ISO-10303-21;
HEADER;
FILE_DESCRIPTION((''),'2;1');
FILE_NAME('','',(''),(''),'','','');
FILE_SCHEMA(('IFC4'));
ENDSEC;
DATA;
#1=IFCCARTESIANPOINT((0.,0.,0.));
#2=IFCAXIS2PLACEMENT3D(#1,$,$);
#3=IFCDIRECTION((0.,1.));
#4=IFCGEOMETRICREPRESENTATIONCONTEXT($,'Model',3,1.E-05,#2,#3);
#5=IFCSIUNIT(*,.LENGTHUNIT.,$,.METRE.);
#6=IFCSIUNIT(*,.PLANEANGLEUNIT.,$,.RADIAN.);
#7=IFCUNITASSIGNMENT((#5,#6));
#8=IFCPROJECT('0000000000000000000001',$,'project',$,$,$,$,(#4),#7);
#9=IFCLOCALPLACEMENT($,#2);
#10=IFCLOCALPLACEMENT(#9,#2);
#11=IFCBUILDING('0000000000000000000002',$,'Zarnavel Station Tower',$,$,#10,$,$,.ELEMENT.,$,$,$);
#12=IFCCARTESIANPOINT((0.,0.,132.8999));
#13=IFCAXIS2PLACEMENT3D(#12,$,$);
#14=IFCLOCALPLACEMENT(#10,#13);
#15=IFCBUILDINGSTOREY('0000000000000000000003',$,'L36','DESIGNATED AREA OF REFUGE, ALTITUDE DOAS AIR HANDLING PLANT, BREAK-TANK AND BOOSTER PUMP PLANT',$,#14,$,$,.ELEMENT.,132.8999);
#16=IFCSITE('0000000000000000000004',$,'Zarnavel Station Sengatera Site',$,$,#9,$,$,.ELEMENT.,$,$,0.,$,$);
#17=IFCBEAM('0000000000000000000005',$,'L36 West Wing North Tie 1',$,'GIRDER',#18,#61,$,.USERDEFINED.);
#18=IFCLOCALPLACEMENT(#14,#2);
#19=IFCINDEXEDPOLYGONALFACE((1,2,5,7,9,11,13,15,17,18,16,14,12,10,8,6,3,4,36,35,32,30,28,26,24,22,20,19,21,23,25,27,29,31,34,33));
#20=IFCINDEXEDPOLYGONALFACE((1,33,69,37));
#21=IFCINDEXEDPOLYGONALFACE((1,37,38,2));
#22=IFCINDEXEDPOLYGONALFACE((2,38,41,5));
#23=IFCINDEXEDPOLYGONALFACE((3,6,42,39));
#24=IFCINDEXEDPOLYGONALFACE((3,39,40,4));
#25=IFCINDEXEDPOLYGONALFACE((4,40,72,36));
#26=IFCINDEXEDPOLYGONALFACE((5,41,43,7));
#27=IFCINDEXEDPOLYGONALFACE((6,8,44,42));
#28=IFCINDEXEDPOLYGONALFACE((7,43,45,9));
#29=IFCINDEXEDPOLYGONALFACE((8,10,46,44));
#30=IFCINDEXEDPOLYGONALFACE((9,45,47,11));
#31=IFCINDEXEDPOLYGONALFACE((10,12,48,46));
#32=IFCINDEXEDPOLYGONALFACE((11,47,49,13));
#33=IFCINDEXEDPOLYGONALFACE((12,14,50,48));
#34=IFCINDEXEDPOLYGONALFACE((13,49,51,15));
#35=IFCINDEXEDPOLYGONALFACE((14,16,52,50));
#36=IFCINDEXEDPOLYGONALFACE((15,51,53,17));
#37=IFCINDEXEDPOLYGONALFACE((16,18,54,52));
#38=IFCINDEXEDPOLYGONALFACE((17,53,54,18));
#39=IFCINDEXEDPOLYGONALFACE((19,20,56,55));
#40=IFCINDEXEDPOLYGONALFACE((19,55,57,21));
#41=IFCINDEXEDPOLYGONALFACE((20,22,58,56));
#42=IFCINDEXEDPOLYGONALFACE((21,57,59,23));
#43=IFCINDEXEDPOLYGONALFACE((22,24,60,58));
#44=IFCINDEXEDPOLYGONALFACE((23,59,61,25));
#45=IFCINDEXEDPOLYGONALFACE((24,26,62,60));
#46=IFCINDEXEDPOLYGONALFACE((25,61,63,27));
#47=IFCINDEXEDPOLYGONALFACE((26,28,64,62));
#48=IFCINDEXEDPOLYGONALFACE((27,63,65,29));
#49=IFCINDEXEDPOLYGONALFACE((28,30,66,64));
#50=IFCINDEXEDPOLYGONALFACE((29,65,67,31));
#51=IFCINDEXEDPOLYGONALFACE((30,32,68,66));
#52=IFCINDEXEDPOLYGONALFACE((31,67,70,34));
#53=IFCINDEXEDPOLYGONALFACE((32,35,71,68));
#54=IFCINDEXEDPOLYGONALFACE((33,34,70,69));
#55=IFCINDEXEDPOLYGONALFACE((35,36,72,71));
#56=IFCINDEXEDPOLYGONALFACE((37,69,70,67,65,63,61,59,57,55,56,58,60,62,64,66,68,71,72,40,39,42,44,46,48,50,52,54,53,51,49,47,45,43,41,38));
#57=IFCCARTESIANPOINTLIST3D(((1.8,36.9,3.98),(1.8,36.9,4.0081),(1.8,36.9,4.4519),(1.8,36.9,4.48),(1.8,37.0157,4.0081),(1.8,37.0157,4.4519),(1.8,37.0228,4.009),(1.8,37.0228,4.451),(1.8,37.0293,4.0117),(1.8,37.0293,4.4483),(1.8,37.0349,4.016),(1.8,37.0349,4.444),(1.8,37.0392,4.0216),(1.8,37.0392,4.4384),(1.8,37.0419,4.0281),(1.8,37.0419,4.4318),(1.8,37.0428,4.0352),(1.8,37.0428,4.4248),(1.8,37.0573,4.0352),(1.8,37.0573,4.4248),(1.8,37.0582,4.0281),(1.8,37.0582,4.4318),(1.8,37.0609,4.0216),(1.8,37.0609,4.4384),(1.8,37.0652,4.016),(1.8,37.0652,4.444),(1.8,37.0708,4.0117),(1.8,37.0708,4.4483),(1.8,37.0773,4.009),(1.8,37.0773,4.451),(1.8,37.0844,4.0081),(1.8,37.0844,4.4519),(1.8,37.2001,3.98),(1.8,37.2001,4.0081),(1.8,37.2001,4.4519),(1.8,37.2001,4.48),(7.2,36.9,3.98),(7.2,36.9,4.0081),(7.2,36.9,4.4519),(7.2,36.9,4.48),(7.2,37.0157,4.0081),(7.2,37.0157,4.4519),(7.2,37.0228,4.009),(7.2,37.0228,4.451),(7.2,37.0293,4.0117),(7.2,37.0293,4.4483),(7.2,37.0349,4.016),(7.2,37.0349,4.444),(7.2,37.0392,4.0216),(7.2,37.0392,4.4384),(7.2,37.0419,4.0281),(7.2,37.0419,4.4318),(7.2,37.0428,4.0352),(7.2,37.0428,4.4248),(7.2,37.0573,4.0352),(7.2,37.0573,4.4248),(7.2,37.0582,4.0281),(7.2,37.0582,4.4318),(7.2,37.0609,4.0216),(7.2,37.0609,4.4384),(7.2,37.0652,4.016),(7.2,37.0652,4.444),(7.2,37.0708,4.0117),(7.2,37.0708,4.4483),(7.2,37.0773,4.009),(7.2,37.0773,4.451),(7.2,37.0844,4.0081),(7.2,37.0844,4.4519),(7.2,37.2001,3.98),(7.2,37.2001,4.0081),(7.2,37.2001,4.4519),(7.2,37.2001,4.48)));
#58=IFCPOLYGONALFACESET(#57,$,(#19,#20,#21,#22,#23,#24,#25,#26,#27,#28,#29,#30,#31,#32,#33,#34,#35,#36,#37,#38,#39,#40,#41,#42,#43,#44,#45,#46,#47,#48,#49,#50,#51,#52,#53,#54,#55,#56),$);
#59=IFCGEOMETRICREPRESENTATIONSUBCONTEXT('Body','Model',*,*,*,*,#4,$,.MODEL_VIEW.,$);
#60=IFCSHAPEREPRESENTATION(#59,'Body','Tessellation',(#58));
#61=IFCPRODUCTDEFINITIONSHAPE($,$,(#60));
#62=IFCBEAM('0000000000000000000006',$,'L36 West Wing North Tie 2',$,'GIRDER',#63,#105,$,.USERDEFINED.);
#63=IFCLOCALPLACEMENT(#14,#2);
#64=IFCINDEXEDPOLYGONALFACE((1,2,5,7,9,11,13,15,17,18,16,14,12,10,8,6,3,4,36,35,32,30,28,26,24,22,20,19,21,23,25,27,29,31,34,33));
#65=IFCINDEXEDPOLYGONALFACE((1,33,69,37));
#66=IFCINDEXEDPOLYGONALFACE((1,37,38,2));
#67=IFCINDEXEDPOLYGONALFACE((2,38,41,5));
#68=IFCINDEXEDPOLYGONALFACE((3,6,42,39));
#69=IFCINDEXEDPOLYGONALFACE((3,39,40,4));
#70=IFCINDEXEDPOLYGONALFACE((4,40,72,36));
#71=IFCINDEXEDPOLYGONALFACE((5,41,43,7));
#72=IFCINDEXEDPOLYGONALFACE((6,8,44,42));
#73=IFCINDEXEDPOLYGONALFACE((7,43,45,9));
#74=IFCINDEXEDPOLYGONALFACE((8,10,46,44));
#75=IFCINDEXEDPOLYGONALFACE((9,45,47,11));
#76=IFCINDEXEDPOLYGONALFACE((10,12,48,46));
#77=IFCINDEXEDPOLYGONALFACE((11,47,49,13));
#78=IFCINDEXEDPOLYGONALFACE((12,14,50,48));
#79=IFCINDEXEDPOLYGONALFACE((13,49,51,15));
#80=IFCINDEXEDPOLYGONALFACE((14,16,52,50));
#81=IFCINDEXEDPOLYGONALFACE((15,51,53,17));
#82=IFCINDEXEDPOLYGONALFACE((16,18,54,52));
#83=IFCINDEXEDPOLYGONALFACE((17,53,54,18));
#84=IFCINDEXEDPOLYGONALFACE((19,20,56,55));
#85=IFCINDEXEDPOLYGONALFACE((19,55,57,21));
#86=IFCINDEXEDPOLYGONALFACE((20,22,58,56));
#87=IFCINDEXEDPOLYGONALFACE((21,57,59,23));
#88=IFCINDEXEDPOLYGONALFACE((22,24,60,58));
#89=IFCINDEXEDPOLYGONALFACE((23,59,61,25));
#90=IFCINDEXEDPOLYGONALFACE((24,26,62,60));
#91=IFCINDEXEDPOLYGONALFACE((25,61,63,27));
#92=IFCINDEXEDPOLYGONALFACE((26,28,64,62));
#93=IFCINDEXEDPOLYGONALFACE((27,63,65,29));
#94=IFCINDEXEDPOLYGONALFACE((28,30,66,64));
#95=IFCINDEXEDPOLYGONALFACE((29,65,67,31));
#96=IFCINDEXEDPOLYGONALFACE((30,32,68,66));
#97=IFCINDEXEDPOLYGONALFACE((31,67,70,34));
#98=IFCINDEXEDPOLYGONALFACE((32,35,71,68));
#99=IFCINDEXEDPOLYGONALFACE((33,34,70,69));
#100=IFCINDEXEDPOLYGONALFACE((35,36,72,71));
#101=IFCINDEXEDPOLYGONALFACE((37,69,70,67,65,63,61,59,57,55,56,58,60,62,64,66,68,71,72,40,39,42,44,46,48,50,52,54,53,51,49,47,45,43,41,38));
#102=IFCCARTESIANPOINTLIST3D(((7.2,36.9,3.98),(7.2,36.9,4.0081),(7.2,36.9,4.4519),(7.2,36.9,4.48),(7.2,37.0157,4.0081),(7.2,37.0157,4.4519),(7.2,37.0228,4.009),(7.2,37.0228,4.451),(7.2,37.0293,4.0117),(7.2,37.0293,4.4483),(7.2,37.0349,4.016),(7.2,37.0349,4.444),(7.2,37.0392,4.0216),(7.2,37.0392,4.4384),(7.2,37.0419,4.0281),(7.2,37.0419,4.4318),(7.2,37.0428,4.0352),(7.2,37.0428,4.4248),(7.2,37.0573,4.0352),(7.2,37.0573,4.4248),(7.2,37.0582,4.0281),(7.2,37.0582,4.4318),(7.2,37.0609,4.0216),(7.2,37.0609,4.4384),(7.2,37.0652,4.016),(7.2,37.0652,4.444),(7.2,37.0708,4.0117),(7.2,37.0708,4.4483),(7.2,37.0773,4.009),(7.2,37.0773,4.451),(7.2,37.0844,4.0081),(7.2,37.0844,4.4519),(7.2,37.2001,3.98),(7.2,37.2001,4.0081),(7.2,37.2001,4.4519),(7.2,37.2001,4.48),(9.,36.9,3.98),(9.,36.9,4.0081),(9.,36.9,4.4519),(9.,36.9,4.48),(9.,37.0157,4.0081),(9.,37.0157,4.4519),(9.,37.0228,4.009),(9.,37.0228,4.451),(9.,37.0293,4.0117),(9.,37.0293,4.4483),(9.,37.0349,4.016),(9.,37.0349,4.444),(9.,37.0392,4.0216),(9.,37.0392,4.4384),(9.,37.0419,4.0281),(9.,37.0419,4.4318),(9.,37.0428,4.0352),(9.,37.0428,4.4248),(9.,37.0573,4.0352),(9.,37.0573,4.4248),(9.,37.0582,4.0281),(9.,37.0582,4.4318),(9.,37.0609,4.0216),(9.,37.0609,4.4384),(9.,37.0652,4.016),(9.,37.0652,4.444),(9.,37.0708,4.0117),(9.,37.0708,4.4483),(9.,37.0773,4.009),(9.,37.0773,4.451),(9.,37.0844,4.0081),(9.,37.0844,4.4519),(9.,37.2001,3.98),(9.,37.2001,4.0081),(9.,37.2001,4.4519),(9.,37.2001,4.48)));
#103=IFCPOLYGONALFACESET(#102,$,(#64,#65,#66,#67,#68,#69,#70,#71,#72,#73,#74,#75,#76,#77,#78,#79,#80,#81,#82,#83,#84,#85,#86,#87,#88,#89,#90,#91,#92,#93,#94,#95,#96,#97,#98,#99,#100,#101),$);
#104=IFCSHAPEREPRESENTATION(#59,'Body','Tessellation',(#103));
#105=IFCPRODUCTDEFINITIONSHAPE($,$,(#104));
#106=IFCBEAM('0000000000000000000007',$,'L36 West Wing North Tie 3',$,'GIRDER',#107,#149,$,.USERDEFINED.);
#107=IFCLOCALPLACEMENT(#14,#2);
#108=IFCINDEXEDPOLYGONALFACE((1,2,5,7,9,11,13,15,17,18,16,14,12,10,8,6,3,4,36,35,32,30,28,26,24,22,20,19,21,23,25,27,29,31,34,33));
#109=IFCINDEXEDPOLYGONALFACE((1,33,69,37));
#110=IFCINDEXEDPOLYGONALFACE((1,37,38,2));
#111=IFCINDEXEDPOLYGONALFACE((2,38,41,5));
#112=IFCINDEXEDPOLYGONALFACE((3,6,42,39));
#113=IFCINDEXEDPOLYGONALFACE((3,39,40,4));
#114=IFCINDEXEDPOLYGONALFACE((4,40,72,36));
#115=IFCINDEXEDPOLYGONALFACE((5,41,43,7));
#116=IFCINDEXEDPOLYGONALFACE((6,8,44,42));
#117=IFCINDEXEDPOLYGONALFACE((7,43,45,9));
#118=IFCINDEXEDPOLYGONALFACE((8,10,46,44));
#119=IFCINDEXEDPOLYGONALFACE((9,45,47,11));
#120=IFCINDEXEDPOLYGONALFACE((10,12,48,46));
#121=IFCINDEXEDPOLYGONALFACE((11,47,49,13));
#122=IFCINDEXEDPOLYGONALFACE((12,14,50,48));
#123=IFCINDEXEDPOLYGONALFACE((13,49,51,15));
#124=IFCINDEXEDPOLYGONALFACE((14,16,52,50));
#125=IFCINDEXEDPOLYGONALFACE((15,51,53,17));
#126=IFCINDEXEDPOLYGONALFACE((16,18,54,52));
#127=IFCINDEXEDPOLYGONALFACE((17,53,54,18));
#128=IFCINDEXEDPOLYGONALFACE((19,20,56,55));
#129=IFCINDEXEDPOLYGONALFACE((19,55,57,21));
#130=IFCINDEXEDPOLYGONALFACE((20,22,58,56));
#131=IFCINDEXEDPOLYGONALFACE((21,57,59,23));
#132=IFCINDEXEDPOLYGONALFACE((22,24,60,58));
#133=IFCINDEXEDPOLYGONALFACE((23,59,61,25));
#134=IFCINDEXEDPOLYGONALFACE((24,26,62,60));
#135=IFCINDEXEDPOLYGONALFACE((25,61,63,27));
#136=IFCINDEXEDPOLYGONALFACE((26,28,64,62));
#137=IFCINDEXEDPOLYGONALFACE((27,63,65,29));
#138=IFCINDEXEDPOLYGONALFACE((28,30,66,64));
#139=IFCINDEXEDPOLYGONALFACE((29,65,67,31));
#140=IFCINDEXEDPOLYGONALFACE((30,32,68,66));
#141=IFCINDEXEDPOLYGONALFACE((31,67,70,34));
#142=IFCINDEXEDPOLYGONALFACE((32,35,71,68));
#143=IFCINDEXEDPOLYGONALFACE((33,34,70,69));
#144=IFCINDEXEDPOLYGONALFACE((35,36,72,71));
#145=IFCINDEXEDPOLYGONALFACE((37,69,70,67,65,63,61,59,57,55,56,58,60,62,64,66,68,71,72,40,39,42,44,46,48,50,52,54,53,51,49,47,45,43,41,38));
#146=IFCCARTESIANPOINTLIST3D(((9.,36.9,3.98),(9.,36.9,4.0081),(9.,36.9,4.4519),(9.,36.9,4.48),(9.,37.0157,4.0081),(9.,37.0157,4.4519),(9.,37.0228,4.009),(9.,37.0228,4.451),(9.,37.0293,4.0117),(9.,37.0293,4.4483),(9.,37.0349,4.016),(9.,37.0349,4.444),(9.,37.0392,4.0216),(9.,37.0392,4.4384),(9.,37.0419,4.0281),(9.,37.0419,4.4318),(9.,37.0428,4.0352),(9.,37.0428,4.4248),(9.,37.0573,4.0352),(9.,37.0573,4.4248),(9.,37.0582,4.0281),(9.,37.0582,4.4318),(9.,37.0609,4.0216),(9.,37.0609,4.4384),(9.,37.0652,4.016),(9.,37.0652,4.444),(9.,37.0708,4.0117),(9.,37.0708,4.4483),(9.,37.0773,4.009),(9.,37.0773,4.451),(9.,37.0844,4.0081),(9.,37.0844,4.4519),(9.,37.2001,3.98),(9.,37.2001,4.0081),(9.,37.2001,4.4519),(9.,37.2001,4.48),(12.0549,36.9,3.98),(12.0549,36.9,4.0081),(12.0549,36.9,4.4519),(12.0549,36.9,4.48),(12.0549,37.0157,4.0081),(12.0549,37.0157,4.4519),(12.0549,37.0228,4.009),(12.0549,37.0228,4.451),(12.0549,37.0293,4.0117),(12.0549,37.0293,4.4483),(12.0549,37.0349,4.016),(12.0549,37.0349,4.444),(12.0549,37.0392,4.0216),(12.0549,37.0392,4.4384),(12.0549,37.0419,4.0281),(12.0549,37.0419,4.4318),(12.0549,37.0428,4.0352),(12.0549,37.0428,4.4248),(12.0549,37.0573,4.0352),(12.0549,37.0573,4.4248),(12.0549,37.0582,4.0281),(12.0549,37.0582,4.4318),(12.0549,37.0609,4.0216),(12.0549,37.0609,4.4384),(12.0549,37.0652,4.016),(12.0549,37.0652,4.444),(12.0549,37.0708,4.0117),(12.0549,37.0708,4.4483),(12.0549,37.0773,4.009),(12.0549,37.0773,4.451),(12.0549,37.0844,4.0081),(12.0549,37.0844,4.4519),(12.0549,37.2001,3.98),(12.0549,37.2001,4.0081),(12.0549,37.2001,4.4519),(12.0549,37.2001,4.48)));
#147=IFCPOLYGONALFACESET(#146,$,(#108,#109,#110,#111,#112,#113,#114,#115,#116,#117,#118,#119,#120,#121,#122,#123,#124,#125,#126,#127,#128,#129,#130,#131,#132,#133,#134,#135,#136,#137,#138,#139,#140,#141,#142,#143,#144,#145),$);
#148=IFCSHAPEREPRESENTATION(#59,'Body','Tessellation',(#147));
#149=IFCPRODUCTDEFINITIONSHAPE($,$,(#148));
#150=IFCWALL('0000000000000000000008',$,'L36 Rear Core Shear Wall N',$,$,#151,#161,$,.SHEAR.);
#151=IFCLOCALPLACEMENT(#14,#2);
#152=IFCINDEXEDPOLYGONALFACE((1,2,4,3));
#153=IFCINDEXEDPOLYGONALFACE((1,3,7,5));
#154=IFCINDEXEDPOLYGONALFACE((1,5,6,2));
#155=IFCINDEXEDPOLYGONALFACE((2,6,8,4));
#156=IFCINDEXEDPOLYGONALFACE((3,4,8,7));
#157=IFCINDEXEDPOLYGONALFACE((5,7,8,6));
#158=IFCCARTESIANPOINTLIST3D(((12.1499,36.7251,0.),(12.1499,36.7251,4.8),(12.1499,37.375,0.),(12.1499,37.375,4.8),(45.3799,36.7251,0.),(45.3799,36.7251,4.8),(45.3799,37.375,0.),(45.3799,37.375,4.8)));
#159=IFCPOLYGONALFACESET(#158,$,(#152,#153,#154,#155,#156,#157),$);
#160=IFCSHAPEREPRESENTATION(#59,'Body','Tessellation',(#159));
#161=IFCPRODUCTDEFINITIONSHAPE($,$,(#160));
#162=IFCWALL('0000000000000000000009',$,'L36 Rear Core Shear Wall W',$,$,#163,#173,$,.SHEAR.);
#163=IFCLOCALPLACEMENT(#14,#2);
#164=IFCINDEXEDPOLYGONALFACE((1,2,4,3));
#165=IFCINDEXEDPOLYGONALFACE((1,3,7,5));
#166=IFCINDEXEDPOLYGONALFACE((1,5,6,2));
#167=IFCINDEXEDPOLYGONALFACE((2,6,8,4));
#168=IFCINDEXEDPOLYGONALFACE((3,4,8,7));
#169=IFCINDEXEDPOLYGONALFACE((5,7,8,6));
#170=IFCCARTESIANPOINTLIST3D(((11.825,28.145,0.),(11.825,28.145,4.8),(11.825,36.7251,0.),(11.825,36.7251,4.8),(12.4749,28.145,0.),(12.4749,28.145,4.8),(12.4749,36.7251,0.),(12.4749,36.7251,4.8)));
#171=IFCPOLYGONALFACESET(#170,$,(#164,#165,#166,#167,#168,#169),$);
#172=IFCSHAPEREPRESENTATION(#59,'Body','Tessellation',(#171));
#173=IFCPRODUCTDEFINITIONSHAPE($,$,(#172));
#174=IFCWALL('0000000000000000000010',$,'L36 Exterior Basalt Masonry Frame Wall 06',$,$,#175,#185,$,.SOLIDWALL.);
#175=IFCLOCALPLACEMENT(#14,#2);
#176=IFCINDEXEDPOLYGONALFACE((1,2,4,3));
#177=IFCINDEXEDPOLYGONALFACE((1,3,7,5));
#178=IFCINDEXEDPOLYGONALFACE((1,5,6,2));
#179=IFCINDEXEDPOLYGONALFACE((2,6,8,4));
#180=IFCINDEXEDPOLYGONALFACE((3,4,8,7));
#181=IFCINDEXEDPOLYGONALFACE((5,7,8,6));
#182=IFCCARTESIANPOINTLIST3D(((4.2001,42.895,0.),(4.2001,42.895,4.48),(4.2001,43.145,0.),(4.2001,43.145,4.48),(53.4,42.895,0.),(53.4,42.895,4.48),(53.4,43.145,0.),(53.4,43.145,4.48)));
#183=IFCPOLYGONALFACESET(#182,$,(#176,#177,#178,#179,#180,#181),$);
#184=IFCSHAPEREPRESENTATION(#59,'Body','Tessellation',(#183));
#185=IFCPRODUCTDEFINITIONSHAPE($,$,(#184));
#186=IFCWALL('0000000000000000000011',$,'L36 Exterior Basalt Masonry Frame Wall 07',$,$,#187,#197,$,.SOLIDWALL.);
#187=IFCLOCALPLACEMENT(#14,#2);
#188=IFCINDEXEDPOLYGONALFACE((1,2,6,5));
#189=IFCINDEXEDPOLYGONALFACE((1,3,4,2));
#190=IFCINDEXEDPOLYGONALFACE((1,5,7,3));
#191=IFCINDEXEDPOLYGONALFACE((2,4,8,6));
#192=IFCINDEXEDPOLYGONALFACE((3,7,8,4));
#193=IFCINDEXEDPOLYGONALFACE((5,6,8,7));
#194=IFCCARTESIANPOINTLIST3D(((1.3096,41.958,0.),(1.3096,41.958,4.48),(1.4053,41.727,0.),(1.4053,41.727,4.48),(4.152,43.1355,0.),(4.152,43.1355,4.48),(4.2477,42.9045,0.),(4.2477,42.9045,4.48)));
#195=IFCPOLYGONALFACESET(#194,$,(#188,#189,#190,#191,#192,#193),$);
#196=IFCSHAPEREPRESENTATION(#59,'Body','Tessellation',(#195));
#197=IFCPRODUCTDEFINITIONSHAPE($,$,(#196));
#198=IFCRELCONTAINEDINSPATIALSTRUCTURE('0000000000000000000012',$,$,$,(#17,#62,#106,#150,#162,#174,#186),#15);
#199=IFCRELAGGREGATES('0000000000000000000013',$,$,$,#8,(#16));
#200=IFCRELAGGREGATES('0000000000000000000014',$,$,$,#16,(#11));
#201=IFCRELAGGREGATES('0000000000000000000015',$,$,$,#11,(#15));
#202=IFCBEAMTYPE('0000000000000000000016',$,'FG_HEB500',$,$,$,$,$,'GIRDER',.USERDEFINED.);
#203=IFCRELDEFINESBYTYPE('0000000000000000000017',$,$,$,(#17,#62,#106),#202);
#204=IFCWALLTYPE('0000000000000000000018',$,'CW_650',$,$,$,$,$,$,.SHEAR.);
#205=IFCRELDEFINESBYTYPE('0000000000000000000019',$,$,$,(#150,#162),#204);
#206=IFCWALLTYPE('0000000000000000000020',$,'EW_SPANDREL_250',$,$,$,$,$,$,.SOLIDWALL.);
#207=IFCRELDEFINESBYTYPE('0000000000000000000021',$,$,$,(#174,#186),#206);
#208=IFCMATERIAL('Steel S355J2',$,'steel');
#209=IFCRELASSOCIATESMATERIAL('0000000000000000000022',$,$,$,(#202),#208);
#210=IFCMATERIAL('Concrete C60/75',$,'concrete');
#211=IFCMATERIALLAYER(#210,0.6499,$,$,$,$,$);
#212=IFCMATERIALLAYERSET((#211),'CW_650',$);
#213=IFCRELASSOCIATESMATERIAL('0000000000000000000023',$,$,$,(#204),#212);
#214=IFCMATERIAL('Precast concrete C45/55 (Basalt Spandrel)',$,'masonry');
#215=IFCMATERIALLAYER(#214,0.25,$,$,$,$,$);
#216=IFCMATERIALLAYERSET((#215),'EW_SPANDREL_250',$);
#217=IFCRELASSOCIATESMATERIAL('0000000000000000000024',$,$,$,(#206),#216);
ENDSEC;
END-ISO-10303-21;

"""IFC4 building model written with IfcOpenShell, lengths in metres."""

from ifc_helpers import new_model, si_unit, direction, frame, frame_2d, origin, origin_2d, place, context, subcontext, project, spatial, rectangle, i_section, extrude, material, layer, layer_set, material_profile, profile_set, type_object, element, save


model = new_model("IFC4")

# Units and contexts
model_context = context("Model", 3, precision=1e-05, world=origin(), true_north=direction((0.0, 1.0)))
body_context = subcontext(model_context, "Body", "Model", "MODEL_VIEW")
ifc_project = project(units=[si_unit("LENGTHUNIT", "METRE"), si_unit("PLANEANGLEUNIT", "RADIAN")], contexts=[model_context])

# Site, building, storey
site_placement = place(None, origin())
site = spatial("IfcSite", under=ifc_project, at=site_placement, Name="Zarnavel Station Sengatera Site", CompositionType="ELEMENT", RefElevation=0.0)
building_placement = place(site_placement, origin())
building = spatial("IfcBuilding", under=site, at=building_placement, Name="Zarnavel Station Tower", CompositionType="ELEMENT")
storey_placement = place(building_placement, frame((0.0, 0.0, 132.8999)))
storey = spatial("IfcBuildingStorey", under=building, at=storey_placement, Name="L36", Description="DESIGNATED AREA OF REFUGE, ALTITUDE DOAS AIR HANDLING PLANT, BREAK-TANK AND BOOSTER PUMP PLANT", CompositionType="ELEMENT", Elevation=132.8999)

# Beams
ifc_material_1 = material(Name="Steel S355J2", Category="steel")
ifc_material_profile_1 = material_profile(ifc_material_1, i_section(OverallWidth=0.3, OverallDepth=0.5, WebThickness=0.0144, FlangeThickness=0.0281, FilletRadius=0.0271, at=origin_2d()), Name="HEB500")
ifc_profile_set_1 = profile_set([ifc_material_profile_1], Name="Steel S355J2")
beam_type = type_object("IfcBeamType", Name="FG_HEB500", ElementType="GIRDER", PredefinedType="USERDEFINED", material=ifc_profile_set_1)
beam_1_placement = place(storey_placement, frame((1.8, 37.05, 4.23), z_axis=(1.0, 0.0, 0.0), x_axis=(0.0, 1.0, 0.0)))
element("IfcBeam", 1, at=beam_1_placement, inside=storey, type_object=beam_type, Name="L36 West Wing North Tie 1", ObjectType="GIRDER", PredefinedType="USERDEFINED", context=body_context, shape_type="SweptSolid", body=[
    extrude(i_section(OverallWidth=0.3, OverallDepth=0.5, WebThickness=0.0144, FlangeThickness=0.0281, FilletRadius=0.0271, at=origin_2d()), origin(), (0.0, 0.0, 1.0), 5.3999),
])
beam_2_placement = place(storey_placement, frame((7.2, 37.05, 4.23), z_axis=(1.0, 0.0, 0.0), x_axis=(0.0, 1.0, 0.0)))
element("IfcBeam", 2, at=beam_2_placement, inside=storey, type_object=beam_type, Name="L36 West Wing North Tie 2", ObjectType="GIRDER", PredefinedType="USERDEFINED", context=body_context, shape_type="SweptSolid", body=[
    extrude(i_section(OverallWidth=0.3, OverallDepth=0.5, WebThickness=0.0144, FlangeThickness=0.0281, FilletRadius=0.0271, at=origin_2d()), origin(), (0.0, 0.0, 1.0), 1.8),
])
beam_3_placement = place(storey_placement, frame((9.0, 37.05, 4.23), z_axis=(1.0, 0.0, 0.0), x_axis=(0.0, 1.0, 0.0)))
element("IfcBeam", 3, at=beam_3_placement, inside=storey, type_object=beam_type, Name="L36 West Wing North Tie 3", ObjectType="GIRDER", PredefinedType="USERDEFINED", context=body_context, shape_type="SweptSolid", body=[
    extrude(i_section(OverallWidth=0.3, OverallDepth=0.5, WebThickness=0.0144, FlangeThickness=0.0281, FilletRadius=0.0271, at=origin_2d()), origin(), (0.0, 0.0, 1.0), 3.0549),
])

# Walls
ifc_material_2 = material(Name="Concrete C60/75", Category="concrete")
ifc_layer_1 = layer(ifc_material_2, 0.6499)
ifc_layer_set_1 = layer_set([ifc_layer_1], Name="CW_650")
wall_type_1 = type_object("IfcWallType", Name="CW_650", PredefinedType="SHEAR", material=ifc_layer_set_1)
wall_1_placement = place(storey_placement, frame((12.1499, 37.05, 0.0), z_axis=(0.0, 0.0, 1.0), x_axis=(1.0, 0.0, 0.0)))
element("IfcWall", 4, at=wall_1_placement, inside=storey, type_object=wall_type_1, Name="L36 Rear Core Shear Wall N", PredefinedType="SHEAR", context=body_context, shape_type="SweptSolid", body=[
    extrude(rectangle(XDim=33.23, YDim=0.6499, at=frame_2d((16.615, 0.0))), origin(), (0.0, 0.0, 1.0), 4.8),
])
wall_2_placement = place(storey_placement, frame((12.1499, 28.145, 0.0), z_axis=(0.0, 0.0, 1.0), x_axis=(0.0, 1.0, 0.0)))
element("IfcWall", 5, at=wall_2_placement, inside=storey, type_object=wall_type_1, Name="L36 Rear Core Shear Wall W", PredefinedType="SHEAR", context=body_context, shape_type="SweptSolid", body=[
    extrude(rectangle(XDim=8.5801, YDim=0.6499, at=frame_2d((4.29, 0.0))), origin(), (0.0, 0.0, 1.0), 4.8),
])
ifc_material_3 = material(Name="Precast concrete C45/55 (Basalt Spandrel)", Category="masonry")
ifc_layer_2 = layer(ifc_material_3, 0.25)
ifc_layer_set_2 = layer_set([ifc_layer_2], Name="EW_SPANDREL_250")
wall_type_2 = type_object("IfcWallType", Name="EW_SPANDREL_250", PredefinedType="SOLIDWALL", material=ifc_layer_set_2)
wall_3_placement = place(storey_placement, frame((4.2, 43.02, 0.0), z_axis=(0.0, 0.0, 1.0), x_axis=(1.0, 0.0, 0.0)))
element("IfcWall", 6, at=wall_3_placement, inside=storey, type_object=wall_type_2, Name="L36 Exterior Basalt Masonry Frame Wall 06", PredefinedType="SOLIDWALL", context=body_context, shape_type="SweptSolid", body=[
    extrude(rectangle(XDim=49.2, YDim=0.25, at=frame_2d((24.6001, 0.0))), origin(), (0.0, 0.0, 1.0), 4.48),
])
for number, where, z_axis, x_axis, name in (
    (7, (1.3574, 41.8425, 0.0), (0.0, 0.0, 1.0), (0.923871, 0.382705, 0.0), "L36 Exterior Basalt Masonry Frame Wall 07"),
):
    element("IfcWall", number, at=place(storey_placement, frame(where, z_axis=z_axis, x_axis=x_axis)), inside=storey, type_object=wall_type_2, Name=name, PredefinedType="SOLIDWALL", context=body_context, shape_type="SweptSolid", body=[
        extrude(rectangle(XDim=3.0767, YDim=0.25, at=frame_2d((1.5383, 0.0))), origin(), (0.0, 0.0, 1.0), 4.48),
    ])

save(model, "model.ifc")
